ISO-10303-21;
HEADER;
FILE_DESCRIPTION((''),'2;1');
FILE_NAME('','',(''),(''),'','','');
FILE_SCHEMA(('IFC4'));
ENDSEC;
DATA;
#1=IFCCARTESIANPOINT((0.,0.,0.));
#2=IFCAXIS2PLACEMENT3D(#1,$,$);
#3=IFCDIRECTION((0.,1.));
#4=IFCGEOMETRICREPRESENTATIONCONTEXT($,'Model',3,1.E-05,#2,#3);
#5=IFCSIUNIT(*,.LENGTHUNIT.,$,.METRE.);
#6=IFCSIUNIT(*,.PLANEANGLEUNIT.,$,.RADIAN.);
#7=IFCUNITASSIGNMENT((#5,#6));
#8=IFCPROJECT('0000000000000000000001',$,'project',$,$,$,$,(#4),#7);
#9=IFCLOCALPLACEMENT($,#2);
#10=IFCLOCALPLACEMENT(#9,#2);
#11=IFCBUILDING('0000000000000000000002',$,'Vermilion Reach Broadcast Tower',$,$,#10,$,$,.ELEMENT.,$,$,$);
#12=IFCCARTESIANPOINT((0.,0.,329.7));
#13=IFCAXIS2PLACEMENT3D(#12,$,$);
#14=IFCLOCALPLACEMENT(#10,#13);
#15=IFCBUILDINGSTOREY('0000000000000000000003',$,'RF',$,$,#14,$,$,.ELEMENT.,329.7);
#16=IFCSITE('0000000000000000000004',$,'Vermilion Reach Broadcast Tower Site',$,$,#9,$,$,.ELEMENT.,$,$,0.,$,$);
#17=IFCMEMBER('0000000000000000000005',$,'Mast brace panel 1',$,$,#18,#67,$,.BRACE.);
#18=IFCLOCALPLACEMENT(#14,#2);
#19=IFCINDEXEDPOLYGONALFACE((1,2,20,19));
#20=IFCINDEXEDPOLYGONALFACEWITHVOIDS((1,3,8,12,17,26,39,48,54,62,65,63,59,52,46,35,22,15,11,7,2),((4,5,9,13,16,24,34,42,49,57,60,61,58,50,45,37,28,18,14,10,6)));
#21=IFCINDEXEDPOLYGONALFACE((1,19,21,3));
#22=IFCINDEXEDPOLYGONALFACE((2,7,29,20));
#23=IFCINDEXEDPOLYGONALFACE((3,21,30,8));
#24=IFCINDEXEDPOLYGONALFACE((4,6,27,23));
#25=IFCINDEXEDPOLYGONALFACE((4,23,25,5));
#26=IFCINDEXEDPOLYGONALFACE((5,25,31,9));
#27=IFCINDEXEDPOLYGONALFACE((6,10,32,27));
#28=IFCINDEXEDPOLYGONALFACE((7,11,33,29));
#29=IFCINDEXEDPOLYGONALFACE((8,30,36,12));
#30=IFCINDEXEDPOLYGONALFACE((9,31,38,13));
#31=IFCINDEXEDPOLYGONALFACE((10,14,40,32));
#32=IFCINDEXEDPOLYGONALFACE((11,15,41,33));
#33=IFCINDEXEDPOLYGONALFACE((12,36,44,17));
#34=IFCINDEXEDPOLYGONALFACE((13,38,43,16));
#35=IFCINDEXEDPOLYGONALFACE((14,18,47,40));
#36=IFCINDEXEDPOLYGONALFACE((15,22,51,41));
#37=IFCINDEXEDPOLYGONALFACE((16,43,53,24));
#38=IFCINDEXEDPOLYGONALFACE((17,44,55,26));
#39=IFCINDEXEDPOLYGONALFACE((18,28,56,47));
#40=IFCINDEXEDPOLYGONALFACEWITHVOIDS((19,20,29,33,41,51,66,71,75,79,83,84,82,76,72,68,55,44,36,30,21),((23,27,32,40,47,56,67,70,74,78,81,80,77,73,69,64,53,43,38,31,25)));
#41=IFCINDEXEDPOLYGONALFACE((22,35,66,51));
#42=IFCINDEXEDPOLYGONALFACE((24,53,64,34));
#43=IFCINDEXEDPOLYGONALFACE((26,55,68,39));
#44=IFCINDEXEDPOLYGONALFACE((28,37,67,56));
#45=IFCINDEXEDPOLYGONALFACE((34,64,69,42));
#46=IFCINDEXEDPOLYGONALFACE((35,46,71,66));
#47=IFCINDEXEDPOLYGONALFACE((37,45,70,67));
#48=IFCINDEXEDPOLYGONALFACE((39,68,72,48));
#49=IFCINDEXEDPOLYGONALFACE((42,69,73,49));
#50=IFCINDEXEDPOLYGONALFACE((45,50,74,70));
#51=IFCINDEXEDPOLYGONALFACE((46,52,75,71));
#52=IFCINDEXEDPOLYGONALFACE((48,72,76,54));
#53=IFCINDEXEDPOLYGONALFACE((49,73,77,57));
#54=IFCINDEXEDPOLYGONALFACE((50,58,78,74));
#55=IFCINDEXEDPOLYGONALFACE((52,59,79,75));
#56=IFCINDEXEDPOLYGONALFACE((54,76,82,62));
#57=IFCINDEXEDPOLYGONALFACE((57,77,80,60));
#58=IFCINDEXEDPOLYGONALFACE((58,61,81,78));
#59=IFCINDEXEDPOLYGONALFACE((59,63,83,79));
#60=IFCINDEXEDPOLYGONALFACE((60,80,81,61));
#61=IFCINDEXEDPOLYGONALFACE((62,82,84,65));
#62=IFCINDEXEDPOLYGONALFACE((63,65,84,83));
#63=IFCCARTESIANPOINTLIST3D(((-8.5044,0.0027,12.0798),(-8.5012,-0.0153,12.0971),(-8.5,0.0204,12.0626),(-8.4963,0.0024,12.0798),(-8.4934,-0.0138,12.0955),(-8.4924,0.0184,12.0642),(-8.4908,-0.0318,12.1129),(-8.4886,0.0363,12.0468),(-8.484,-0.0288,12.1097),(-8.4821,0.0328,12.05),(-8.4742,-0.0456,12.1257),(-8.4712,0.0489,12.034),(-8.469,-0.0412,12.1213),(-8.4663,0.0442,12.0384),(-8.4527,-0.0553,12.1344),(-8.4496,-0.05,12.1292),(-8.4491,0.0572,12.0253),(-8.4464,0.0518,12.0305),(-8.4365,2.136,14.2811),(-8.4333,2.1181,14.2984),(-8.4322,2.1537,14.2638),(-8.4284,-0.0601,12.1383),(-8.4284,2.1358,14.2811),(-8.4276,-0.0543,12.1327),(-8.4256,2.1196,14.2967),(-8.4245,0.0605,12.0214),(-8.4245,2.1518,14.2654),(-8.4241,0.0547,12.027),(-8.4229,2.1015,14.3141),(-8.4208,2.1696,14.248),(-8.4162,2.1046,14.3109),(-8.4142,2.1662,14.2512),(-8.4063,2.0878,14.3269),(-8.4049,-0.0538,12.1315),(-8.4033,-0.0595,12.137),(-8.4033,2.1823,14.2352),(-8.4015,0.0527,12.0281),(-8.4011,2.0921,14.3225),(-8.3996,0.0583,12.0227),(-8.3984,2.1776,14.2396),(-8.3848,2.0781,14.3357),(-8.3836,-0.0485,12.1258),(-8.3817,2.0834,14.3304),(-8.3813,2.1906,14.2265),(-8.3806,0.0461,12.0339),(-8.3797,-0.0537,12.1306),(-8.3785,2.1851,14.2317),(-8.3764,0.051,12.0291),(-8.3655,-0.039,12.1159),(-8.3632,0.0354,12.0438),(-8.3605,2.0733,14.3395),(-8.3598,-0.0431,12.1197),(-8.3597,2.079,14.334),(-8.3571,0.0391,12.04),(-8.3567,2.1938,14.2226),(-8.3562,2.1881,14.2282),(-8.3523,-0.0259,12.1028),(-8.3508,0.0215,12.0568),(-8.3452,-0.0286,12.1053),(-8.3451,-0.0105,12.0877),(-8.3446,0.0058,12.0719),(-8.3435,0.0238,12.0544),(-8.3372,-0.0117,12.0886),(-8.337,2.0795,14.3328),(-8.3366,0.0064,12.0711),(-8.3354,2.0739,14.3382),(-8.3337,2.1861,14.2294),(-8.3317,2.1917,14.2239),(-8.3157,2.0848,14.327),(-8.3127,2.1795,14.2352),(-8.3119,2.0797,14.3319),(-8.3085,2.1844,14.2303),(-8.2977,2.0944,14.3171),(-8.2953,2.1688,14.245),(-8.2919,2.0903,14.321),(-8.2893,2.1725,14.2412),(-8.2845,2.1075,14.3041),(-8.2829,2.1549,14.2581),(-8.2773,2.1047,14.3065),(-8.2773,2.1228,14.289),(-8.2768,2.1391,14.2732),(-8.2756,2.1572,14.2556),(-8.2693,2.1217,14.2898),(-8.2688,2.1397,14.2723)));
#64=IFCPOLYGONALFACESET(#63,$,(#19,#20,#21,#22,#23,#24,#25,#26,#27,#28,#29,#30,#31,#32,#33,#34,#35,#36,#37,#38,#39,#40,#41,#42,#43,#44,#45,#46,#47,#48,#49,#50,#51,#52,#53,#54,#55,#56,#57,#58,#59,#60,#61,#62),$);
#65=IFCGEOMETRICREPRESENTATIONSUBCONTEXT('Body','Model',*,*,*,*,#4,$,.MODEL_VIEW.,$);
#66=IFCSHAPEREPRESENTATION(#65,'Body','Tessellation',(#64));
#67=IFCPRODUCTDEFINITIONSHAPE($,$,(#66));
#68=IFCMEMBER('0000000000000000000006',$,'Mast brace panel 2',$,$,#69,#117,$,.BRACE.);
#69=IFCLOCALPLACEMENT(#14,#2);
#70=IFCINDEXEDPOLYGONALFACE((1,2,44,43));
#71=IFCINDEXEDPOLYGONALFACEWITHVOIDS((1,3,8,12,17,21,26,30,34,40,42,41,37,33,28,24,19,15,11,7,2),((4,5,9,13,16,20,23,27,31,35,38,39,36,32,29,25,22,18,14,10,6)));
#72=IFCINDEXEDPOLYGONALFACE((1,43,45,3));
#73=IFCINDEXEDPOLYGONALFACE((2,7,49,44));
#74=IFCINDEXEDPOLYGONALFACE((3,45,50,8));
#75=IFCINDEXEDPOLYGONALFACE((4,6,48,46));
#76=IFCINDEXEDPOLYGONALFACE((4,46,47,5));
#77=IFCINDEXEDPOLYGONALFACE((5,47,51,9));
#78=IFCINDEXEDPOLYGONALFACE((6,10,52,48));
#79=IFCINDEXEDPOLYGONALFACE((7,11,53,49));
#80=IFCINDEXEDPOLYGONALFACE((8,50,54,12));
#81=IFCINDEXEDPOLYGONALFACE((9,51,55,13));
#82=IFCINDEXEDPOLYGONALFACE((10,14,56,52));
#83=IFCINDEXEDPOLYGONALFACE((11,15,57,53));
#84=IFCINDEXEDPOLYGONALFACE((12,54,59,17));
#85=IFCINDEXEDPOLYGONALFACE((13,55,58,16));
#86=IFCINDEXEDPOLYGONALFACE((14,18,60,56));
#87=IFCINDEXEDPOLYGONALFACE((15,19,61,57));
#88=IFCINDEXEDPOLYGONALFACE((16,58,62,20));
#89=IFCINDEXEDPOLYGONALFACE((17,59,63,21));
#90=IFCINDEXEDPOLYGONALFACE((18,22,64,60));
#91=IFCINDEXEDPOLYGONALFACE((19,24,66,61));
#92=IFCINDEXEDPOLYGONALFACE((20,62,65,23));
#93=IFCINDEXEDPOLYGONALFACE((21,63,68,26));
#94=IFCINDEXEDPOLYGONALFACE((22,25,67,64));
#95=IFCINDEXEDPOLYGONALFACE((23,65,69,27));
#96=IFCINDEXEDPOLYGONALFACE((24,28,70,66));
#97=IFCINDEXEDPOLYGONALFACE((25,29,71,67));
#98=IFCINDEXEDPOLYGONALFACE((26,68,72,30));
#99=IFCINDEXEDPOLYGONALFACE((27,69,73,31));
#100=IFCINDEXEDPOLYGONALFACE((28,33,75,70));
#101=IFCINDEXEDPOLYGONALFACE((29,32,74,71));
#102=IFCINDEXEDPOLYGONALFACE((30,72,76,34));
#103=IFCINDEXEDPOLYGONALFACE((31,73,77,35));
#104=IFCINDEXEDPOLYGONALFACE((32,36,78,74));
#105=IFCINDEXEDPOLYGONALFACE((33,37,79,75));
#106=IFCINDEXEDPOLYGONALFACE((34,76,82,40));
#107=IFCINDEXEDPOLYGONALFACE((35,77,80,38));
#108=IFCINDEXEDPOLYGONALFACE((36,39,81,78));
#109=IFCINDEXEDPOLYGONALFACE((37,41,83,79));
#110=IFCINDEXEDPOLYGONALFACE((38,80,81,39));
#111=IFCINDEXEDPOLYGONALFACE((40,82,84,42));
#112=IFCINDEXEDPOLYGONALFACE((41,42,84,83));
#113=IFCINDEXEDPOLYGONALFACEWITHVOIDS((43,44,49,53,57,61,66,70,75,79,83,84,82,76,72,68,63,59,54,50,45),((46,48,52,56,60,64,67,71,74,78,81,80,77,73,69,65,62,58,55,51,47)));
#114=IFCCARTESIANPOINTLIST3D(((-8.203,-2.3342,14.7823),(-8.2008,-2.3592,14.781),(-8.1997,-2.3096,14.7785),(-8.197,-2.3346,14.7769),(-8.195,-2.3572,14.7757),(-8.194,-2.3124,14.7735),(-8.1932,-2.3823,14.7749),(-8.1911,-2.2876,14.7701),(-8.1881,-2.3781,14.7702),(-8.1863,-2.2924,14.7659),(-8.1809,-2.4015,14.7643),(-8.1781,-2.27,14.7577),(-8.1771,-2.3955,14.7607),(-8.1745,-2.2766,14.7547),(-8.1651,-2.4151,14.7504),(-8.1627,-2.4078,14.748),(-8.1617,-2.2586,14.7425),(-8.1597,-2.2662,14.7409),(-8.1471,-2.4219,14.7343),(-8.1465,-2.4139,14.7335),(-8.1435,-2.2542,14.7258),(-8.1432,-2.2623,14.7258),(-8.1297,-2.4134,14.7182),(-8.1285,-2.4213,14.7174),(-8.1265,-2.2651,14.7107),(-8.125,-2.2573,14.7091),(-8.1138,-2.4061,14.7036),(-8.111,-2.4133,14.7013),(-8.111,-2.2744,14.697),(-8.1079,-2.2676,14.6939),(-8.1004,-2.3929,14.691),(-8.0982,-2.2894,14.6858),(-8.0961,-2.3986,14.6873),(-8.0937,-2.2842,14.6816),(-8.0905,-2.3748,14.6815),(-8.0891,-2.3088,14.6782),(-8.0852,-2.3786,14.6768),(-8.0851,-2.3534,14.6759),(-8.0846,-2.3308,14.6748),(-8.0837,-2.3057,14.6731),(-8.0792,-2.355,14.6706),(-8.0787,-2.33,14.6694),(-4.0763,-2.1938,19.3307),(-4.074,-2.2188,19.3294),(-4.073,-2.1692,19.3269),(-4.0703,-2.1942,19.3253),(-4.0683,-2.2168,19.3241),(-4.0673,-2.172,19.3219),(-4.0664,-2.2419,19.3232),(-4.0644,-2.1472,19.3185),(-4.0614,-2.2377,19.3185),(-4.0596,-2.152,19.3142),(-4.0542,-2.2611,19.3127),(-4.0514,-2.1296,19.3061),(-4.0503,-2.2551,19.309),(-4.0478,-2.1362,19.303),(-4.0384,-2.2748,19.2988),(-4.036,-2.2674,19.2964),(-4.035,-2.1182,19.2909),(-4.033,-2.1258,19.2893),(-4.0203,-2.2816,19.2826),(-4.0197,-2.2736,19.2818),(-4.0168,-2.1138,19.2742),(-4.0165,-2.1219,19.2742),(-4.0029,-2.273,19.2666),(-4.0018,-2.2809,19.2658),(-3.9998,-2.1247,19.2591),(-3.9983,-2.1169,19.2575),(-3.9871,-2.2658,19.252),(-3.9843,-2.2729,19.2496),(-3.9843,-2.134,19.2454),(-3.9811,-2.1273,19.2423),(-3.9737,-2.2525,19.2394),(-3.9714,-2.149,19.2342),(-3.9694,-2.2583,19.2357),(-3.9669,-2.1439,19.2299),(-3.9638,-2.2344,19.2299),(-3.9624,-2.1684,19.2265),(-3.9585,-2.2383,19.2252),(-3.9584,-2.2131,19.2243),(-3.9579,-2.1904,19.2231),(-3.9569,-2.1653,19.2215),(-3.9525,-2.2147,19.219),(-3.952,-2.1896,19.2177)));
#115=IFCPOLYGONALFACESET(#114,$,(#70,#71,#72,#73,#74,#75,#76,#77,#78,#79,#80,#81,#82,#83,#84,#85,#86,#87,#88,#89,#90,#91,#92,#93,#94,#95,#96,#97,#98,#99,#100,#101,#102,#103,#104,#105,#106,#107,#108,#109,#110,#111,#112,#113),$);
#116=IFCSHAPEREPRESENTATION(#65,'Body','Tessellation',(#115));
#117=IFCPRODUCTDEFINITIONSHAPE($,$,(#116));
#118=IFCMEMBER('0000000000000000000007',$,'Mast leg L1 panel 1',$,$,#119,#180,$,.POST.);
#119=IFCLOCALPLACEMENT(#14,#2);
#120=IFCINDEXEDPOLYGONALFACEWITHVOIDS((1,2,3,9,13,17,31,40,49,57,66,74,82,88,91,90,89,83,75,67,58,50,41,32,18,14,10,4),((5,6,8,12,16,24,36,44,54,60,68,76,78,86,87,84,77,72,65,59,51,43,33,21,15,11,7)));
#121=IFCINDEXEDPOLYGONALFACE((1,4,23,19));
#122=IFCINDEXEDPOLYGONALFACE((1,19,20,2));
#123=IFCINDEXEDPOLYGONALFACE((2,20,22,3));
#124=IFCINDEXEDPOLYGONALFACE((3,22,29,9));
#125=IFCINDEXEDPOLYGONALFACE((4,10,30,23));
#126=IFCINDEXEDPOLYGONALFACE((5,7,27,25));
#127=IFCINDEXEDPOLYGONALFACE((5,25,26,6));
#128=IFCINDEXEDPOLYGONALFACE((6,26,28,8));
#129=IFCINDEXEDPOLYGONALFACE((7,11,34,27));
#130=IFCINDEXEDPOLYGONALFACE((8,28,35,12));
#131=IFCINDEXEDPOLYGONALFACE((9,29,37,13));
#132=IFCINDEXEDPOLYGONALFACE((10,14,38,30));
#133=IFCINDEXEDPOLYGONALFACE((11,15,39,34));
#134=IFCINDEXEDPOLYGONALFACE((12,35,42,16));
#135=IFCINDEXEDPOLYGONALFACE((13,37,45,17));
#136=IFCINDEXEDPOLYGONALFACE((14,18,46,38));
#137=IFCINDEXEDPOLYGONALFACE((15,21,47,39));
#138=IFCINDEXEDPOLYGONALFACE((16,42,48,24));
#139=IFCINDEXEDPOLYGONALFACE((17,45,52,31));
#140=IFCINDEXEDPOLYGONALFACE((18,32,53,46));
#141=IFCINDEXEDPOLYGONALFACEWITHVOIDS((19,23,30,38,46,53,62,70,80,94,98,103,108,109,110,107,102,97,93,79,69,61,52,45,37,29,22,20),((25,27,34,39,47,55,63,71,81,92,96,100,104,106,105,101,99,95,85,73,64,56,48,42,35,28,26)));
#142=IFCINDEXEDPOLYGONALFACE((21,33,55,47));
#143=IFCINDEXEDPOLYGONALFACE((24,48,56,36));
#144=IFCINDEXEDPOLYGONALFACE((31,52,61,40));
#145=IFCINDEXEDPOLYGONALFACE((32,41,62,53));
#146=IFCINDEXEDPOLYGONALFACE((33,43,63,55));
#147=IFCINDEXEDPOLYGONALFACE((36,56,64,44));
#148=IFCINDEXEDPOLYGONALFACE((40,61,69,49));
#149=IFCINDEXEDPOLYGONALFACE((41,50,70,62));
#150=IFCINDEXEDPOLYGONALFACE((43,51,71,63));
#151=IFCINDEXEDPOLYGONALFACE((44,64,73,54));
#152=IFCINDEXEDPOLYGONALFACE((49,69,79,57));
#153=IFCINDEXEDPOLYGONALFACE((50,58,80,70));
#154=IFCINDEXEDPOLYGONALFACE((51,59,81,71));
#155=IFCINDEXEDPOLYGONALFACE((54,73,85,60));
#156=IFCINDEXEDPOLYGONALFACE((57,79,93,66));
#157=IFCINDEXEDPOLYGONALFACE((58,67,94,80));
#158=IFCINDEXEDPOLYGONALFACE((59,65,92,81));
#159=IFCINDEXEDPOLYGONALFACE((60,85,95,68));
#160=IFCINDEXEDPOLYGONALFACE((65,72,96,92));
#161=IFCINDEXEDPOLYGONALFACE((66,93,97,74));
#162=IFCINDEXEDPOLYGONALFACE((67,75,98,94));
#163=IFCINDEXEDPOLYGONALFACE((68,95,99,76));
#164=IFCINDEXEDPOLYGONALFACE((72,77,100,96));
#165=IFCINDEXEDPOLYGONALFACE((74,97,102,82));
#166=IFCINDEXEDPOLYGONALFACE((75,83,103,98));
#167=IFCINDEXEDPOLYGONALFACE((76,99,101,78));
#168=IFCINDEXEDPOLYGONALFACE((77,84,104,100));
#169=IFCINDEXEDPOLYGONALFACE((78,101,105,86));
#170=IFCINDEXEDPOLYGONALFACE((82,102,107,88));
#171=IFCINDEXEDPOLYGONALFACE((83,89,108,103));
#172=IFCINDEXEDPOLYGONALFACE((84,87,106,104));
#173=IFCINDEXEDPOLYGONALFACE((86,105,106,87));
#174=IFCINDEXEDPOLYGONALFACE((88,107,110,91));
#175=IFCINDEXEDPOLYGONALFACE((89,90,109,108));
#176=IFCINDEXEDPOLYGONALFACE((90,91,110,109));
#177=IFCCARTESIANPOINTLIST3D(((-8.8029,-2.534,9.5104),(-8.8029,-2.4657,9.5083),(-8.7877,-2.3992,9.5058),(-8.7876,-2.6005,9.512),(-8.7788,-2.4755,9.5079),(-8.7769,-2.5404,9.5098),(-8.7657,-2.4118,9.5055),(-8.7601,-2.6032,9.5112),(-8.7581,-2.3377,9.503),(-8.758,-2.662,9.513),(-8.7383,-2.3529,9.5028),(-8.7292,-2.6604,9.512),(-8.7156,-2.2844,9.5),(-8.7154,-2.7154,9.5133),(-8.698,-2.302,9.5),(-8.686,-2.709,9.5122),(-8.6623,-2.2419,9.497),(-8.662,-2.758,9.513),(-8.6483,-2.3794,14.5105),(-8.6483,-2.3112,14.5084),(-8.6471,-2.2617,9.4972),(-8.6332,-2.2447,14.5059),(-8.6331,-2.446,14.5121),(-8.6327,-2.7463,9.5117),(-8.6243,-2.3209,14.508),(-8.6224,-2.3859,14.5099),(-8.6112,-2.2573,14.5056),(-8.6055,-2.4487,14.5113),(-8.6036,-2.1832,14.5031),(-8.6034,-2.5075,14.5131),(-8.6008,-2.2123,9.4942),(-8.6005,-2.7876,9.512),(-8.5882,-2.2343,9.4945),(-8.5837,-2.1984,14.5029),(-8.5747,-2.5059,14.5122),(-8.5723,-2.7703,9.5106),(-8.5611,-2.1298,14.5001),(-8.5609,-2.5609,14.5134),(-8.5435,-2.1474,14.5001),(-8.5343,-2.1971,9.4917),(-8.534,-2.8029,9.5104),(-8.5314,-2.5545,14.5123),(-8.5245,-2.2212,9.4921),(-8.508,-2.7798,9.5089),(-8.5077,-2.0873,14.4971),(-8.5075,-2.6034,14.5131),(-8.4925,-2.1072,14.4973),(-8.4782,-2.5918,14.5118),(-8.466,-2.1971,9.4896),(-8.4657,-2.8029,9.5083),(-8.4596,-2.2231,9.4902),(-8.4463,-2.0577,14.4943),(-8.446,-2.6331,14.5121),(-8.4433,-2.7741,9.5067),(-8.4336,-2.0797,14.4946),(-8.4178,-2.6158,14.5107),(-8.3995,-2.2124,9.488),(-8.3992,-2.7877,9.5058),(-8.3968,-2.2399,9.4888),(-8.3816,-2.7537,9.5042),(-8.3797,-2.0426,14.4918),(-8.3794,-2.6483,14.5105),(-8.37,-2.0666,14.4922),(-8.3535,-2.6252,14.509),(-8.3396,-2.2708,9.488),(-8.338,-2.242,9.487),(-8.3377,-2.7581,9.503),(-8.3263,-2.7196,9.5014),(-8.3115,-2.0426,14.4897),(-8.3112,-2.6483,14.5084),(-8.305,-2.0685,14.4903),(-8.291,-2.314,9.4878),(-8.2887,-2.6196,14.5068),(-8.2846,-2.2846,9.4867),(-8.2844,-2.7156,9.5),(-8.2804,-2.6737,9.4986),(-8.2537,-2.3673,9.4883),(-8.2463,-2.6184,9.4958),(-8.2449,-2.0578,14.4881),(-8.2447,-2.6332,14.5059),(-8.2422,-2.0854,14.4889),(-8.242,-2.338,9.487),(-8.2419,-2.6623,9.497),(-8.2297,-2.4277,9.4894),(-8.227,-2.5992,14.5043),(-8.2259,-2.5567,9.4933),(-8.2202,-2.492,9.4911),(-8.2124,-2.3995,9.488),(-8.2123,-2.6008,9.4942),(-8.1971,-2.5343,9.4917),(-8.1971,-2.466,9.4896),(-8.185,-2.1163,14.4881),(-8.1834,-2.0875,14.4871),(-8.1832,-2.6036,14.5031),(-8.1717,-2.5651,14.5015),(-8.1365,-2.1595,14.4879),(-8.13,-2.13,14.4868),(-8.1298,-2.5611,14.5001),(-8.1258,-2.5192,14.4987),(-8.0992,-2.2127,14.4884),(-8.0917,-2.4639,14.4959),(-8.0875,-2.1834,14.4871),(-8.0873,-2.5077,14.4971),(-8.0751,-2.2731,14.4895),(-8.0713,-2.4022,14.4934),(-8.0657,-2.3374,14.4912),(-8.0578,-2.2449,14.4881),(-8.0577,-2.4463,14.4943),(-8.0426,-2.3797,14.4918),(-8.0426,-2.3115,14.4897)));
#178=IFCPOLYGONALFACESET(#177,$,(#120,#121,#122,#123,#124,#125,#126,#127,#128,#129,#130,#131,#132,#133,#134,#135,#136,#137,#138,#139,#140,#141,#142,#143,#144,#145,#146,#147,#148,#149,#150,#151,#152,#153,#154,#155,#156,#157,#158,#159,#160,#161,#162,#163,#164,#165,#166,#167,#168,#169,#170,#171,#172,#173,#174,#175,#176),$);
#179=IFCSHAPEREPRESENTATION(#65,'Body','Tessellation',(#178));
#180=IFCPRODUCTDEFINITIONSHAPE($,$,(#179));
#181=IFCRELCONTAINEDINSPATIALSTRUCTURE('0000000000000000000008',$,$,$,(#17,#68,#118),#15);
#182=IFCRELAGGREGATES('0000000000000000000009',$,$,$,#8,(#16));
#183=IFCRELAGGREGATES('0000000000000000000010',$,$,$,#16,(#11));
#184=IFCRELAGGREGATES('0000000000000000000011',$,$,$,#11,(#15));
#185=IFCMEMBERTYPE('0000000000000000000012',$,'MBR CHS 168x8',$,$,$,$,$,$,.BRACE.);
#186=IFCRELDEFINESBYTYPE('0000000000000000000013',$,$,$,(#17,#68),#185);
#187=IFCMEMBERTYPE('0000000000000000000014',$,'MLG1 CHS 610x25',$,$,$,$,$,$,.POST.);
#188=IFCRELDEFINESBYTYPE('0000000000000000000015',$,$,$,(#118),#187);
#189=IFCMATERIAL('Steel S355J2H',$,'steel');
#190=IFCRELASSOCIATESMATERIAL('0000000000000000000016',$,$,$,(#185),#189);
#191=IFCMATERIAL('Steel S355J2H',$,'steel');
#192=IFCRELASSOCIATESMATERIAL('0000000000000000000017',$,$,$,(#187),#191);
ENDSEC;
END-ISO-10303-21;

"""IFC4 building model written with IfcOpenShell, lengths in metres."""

from ifc_helpers import new_model, si_unit, direction, frame, origin, origin_2d, place, context, subcontext, project, spatial, hollow_circle, extrude, material, material_profile, profile_set, type_object, element, save


model = new_model("IFC4")

# Units and contexts
model_context = context("Model", 3, precision=1e-05, world=origin(), true_north=direction((0.0, 1.0)))
body_context = subcontext(model_context, "Body", "Model", "MODEL_VIEW")
ifc_project = project(units=[si_unit("LENGTHUNIT", "METRE"), si_unit("PLANEANGLEUNIT", "RADIAN")], contexts=[model_context])

# Site, building, storey
site_placement = place(None, origin())
site = spatial("IfcSite", under=ifc_project, at=site_placement, Name="Vermilion Reach Broadcast Tower Site", CompositionType="ELEMENT", RefElevation=0.0)
building_placement = place(site_placement, origin())
building = spatial("IfcBuilding", under=site, at=building_placement, Name="Vermilion Reach Broadcast Tower", CompositionType="ELEMENT")
storey_placement = place(building_placement, frame((0.0, 0.0, 329.7)))
storey = spatial("IfcBuildingStorey", under=building, at=storey_placement, Name="RF", CompositionType="ELEMENT", Elevation=329.7)

# Members
ifc_material_1 = material(Name="Steel S355J2H", Category="steel")
ifc_material_profile_1 = material_profile(ifc_material_1, hollow_circle(Radius=0.0842, WallThickness=0.0081, at=origin_2d()), Name="S355J2H CHS 168x8")
ifc_profile_set_1 = profile_set([ifc_material_profile_1], Name="Steel S355J2H")
member_type_1 = type_object("IfcMemberType", Name="MBR CHS 168x8", PredefinedType="BRACE", material=ifc_profile_set_1)
member_1_placement = place(storey_placement, frame((-8.4202, 0.0, 12.0798), z_axis=(0.022136, 0.695779, 0.717915), x_axis=(-0.999494, 0.031799, 0.0)))
element("IfcMember", 1, at=member_1_placement, inside=storey, type_object=member_type_1, Name="Mast brace panel 1", PredefinedType="BRACE", context=body_context, shape_type="SweptSolid", body=[
    extrude(hollow_circle(Radius=0.0842, WallThickness=0.0081, at=origin_2d()), origin(), (0.0, 0.0, 1.0), 3.0662),
])
member_2_placement = place(storey_placement, frame((-8.1406, -2.3384, 14.7258), z_axis=(0.671771, 0.022852, 0.740406), x_axis=(-0.033998, 0.999422, 0.0)))
element("IfcMember", 2, at=member_2_placement, inside=storey, type_object=member_type_1, Name="Mast brace panel 2", PredefinedType="BRACE", context=body_context, shape_type="SweptSolid", body=[
    extrude(hollow_circle(Radius=0.0842, WallThickness=0.0081, at=origin_2d()), origin(), (0.0, 0.0, 1.0), 6.1431),
])
ifc_material_2 = material(Name="Steel S355J2H", Category="steel")
ifc_material_profile_2 = material_profile(ifc_material_2, hollow_circle(Radius=0.3049, WallThickness=0.0249, at=origin_2d()), Name="S355J2H CHS 610x25")
ifc_profile_set_2 = profile_set([ifc_material_profile_2], Name="Steel S355J2H")
member_type_2 = type_object("IfcMemberType", Name="MLG1 CHS 610x25", PredefinedType="POST", material=ifc_profile_set_2)
for number, where, z_axis, x_axis, name in (
    (3, (-8.5, -2.5, 9.5), (0.030879, 0.030879, 0.999046), (-0.707107, 0.707107, 0.0), "Mast leg L1 panel 1"),
):
    element("IfcMember", number, at=place(storey_placement, frame(where, z_axis=z_axis, x_axis=x_axis)), inside=storey, type_object=member_type_2, Name=name, PredefinedType="POST", context=body_context, shape_type="SweptSolid", body=[
        extrude(hollow_circle(Radius=0.3049, WallThickness=0.0249, at=origin_2d()), origin(), (0.0, 0.0, 1.0), 5.0049),
    ])

save(model, "model.ifc")
